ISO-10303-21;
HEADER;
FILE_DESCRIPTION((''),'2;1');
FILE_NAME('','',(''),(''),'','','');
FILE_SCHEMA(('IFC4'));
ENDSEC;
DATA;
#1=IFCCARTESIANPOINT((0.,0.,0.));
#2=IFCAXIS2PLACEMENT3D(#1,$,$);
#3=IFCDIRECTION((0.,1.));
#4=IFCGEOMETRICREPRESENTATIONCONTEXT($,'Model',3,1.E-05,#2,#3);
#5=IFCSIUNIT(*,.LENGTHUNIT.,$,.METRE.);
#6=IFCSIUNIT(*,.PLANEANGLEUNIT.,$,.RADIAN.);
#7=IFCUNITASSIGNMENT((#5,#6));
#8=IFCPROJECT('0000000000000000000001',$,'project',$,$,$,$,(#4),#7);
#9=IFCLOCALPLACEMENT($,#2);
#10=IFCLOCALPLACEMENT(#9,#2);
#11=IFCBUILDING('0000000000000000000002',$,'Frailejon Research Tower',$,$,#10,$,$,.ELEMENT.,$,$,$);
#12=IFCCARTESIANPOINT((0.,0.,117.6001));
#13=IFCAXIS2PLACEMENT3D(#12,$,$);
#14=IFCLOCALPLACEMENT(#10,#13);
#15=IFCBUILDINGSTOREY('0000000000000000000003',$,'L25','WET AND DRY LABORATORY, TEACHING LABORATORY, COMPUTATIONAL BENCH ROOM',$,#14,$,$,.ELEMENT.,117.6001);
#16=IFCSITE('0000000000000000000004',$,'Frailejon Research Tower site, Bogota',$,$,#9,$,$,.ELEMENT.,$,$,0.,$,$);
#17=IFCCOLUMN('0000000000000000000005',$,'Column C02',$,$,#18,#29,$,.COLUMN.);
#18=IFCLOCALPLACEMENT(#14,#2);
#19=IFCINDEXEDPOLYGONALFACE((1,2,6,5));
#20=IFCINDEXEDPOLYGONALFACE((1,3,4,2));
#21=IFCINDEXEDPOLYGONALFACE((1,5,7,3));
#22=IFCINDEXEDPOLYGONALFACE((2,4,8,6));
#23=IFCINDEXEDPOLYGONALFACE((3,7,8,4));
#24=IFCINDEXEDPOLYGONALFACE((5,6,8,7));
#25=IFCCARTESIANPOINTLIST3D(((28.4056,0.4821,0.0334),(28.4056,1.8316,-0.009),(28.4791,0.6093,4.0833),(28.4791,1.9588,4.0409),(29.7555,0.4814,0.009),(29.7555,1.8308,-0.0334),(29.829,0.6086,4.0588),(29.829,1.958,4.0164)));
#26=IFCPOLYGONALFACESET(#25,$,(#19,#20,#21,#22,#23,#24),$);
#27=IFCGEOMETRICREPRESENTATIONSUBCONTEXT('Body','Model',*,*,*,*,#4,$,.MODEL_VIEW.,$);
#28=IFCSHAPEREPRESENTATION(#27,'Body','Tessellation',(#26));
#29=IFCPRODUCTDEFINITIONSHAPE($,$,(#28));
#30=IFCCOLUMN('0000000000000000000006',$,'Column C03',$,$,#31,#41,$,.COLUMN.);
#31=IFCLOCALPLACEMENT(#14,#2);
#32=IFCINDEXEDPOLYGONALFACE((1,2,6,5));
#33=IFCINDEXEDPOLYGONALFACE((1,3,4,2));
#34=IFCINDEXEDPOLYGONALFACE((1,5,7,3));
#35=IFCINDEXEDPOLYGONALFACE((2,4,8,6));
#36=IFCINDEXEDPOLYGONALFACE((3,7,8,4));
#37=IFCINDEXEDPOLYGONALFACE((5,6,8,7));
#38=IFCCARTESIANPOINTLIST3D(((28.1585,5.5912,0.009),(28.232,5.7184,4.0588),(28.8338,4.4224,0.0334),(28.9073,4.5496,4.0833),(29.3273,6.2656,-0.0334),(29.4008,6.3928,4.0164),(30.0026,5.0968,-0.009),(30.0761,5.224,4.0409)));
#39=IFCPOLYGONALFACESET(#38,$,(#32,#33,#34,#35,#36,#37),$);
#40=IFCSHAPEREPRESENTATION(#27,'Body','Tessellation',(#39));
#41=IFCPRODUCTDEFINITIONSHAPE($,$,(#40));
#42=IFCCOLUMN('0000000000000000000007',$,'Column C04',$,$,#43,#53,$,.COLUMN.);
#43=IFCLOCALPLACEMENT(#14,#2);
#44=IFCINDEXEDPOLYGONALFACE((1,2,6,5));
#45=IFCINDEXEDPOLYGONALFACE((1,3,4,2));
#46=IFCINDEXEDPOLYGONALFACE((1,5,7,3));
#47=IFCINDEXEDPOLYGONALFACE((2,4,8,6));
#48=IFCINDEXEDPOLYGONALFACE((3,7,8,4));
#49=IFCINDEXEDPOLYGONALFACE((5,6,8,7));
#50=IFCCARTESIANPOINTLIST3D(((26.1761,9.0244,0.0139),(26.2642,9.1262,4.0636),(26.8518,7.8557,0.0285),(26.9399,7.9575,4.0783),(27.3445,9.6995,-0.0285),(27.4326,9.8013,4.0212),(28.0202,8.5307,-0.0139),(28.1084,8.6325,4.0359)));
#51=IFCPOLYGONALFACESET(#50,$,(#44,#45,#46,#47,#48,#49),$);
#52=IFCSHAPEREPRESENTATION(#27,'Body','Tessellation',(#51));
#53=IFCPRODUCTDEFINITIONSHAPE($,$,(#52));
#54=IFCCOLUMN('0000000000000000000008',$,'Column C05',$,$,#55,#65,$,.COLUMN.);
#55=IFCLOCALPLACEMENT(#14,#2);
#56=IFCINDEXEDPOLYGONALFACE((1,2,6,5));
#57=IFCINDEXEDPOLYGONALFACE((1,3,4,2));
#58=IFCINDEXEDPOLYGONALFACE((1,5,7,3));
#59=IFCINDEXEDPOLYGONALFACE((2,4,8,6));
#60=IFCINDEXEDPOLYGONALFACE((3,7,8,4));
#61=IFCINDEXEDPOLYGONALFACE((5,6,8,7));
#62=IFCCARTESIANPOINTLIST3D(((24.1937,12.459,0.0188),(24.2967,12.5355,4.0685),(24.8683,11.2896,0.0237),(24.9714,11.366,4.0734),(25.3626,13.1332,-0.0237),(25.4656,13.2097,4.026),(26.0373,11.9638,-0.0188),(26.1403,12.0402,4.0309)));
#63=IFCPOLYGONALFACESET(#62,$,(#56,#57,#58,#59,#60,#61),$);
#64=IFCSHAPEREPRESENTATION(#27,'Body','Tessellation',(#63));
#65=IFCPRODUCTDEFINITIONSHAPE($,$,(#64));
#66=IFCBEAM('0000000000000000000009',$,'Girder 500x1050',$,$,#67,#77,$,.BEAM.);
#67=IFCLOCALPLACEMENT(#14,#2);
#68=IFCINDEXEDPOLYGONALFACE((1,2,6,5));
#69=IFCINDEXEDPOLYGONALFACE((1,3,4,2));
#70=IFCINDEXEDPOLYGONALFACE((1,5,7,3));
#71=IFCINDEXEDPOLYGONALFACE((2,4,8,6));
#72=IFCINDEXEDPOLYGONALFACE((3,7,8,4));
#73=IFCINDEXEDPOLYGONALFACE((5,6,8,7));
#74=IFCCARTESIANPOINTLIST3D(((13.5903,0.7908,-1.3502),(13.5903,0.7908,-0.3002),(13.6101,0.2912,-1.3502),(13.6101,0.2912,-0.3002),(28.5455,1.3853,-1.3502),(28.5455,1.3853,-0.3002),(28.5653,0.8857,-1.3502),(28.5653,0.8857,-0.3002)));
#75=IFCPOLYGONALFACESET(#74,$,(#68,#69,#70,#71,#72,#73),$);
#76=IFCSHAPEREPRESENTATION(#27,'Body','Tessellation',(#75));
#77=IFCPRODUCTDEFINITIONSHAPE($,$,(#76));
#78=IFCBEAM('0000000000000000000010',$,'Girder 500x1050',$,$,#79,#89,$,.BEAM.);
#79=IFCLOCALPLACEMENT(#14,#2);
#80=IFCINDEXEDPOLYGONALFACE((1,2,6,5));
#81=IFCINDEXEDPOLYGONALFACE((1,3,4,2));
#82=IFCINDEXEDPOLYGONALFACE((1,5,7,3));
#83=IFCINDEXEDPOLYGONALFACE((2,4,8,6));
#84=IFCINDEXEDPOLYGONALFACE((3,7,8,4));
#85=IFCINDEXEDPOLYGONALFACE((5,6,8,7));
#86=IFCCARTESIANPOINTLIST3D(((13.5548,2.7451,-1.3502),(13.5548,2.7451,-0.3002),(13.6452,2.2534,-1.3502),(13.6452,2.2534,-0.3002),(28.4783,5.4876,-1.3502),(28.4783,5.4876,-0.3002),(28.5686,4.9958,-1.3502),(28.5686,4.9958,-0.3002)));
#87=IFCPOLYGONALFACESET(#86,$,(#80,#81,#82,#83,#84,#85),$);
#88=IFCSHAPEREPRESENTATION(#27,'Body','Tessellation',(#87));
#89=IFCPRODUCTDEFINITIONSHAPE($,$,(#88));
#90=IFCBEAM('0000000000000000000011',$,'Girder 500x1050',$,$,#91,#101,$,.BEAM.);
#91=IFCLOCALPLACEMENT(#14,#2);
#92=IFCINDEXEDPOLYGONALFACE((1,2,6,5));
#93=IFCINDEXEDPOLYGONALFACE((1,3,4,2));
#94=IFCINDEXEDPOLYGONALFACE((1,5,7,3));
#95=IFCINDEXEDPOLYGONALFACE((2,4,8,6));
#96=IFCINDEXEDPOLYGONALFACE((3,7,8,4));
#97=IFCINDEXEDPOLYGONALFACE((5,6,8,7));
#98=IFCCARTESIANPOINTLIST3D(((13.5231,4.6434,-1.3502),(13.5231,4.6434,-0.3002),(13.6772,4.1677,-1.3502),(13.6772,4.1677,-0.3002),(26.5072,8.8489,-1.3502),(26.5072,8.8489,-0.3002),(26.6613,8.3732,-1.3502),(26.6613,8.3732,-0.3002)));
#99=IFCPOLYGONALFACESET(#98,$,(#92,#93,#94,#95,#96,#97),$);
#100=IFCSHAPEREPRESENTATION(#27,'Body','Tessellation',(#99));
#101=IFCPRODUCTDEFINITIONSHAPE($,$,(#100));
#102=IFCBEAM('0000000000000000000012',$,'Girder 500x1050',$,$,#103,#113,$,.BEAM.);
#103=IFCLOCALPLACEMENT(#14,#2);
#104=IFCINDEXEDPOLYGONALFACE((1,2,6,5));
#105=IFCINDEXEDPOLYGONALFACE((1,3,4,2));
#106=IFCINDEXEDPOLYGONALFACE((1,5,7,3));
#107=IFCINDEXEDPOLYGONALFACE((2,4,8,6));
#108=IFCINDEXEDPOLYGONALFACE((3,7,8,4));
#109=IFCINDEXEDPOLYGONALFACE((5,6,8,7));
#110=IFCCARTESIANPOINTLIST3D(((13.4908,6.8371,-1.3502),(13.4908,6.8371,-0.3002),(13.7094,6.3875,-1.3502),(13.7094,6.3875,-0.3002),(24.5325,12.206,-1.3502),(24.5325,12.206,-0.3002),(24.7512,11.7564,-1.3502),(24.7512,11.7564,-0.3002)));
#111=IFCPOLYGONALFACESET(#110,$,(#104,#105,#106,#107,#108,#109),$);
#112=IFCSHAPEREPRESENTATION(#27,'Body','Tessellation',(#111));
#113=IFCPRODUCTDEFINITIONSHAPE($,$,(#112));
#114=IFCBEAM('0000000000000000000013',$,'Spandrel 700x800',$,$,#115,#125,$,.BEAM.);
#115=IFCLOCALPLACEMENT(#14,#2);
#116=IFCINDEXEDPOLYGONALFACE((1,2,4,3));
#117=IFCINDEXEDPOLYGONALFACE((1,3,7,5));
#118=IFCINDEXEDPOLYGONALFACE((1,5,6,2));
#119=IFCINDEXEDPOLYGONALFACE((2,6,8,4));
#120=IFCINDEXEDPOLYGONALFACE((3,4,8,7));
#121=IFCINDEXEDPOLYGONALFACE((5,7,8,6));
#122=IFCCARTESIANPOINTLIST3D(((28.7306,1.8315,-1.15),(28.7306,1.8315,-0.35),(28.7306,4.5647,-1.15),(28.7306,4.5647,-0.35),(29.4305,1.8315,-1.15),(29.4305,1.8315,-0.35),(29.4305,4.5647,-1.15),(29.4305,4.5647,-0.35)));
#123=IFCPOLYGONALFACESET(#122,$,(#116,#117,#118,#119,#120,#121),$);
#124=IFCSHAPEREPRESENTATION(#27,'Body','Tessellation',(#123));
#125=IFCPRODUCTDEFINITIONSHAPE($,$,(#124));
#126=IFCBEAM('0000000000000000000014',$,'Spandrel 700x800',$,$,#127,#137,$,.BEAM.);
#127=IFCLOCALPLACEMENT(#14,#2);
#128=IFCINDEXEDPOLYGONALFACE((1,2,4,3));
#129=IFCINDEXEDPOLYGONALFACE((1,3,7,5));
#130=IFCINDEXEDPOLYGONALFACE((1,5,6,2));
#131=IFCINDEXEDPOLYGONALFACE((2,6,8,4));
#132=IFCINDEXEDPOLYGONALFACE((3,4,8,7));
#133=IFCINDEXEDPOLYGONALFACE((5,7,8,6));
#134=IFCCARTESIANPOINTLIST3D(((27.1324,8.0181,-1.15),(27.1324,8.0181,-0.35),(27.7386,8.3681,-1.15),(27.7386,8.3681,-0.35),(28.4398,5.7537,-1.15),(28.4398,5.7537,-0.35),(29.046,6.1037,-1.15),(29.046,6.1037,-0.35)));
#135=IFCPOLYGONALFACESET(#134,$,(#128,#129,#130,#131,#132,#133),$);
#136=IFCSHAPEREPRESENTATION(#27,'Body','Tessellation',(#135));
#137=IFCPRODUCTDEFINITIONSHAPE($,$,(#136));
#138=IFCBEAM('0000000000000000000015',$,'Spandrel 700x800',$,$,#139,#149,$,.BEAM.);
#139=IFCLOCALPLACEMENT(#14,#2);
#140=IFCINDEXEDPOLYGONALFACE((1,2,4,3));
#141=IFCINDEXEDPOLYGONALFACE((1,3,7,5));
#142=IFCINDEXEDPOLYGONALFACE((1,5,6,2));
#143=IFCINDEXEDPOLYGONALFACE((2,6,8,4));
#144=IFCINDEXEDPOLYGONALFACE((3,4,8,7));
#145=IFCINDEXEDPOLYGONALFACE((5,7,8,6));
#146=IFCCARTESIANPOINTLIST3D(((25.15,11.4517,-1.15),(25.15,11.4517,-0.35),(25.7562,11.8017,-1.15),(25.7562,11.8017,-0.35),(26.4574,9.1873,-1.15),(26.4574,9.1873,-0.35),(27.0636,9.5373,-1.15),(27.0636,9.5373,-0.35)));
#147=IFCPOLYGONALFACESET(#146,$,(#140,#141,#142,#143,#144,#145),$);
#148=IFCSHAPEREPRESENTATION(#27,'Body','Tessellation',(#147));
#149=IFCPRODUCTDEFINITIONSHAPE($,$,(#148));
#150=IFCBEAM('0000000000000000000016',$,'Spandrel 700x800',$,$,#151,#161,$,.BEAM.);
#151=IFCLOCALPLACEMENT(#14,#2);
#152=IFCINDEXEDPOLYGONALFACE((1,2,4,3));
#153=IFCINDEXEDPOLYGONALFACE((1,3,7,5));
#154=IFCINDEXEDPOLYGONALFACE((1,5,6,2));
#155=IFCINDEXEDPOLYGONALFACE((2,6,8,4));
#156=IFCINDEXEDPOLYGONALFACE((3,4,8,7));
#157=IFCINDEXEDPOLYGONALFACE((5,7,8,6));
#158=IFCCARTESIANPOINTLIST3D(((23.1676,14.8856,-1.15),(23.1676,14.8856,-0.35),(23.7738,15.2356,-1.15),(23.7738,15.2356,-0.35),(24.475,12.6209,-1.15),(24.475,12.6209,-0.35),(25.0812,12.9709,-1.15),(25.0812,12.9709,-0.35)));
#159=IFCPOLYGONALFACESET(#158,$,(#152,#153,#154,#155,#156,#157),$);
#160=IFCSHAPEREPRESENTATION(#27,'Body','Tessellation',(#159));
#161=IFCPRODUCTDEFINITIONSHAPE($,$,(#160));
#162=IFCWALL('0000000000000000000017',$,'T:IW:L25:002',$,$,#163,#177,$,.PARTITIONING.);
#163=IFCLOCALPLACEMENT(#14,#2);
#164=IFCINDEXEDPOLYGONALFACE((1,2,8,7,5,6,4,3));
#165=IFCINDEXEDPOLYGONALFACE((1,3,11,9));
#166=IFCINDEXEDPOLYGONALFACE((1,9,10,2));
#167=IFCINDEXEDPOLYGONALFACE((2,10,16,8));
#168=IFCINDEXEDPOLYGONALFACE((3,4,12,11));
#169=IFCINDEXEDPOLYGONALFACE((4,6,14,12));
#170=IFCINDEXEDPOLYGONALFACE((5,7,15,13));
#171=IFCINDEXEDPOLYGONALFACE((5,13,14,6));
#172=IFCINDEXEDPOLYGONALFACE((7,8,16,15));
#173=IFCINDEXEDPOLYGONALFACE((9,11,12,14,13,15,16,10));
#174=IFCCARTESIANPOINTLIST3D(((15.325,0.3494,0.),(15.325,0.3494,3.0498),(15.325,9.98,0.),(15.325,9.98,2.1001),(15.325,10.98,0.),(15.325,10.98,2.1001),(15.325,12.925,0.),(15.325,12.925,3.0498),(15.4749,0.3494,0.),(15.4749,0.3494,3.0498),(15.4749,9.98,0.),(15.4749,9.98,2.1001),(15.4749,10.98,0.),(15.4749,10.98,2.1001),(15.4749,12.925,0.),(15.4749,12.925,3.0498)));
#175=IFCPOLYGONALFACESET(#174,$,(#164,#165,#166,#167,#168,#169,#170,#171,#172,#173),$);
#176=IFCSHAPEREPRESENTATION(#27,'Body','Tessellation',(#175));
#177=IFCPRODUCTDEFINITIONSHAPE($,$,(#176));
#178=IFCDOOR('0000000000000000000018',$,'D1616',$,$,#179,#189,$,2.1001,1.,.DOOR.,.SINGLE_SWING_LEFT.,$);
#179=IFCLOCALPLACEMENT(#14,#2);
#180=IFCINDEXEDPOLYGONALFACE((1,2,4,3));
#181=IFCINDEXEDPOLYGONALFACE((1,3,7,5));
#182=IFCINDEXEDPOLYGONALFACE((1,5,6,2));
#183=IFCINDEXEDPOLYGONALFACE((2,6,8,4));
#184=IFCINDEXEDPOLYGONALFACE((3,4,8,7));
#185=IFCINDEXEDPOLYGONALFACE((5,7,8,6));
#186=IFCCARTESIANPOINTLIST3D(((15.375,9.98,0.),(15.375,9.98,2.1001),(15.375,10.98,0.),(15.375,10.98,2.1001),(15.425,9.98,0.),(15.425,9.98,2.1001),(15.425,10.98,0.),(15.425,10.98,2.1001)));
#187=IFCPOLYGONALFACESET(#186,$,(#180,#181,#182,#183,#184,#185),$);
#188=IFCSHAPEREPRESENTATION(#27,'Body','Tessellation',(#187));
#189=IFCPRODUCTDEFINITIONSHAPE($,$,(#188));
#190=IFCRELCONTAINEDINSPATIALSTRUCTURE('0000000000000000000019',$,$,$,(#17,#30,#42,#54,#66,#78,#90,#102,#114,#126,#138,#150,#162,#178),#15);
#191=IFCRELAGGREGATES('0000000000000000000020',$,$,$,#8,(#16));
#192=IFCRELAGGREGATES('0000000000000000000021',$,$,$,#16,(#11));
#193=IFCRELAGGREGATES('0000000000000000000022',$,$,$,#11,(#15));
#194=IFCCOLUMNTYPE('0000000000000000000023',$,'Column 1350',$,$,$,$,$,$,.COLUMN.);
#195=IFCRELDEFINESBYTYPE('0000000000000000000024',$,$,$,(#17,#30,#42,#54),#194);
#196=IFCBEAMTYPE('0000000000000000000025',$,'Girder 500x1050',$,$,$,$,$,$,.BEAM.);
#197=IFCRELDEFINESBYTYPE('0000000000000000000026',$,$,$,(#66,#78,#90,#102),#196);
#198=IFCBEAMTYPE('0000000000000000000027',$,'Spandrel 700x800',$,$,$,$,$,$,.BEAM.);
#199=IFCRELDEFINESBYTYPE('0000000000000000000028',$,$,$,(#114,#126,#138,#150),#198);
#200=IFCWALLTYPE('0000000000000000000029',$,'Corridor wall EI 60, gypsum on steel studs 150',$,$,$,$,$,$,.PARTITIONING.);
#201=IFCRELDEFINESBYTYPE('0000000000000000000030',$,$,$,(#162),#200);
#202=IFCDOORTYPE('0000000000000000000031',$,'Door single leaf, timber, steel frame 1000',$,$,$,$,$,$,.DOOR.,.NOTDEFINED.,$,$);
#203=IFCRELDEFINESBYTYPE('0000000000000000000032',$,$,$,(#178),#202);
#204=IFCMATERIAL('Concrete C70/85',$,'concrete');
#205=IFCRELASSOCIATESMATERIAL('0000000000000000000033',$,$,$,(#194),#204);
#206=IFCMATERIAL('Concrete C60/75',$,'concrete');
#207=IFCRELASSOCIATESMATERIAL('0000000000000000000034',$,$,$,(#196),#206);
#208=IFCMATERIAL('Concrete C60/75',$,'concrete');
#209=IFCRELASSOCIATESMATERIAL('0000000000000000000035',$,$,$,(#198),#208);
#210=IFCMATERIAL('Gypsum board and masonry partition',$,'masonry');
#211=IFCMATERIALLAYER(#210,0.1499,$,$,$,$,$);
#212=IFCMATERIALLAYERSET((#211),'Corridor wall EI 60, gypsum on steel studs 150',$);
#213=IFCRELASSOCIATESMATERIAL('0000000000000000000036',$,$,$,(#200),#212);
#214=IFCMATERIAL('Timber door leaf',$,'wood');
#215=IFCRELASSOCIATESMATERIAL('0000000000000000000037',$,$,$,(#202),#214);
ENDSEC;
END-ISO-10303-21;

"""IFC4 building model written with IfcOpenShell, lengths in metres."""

from ifc_helpers import new_model, si_unit, direction, frame, frame_2d, origin, origin_2d, place, context, subcontext, project, spatial, rectangle, extrude, material, layer, layer_set, material_profile, profile_set, type_object, element, fill, save


model = new_model("IFC4")

# Units and contexts
model_context = context("Model", 3, precision=1e-05, world=origin(), true_north=direction((0.0, 1.0)))
body_context = subcontext(model_context, "Body", "Model", "MODEL_VIEW")
ifc_project = project(units=[si_unit("LENGTHUNIT", "METRE"), si_unit("PLANEANGLEUNIT", "RADIAN")], contexts=[model_context])

# Site, building, storey
site_placement = place(None, origin())
site = spatial("IfcSite", under=ifc_project, at=site_placement, Name="Frailejon Research Tower site, Bogota", CompositionType="ELEMENT", RefElevation=0.0)
building_placement = place(site_placement, origin())
building = spatial("IfcBuilding", under=site, at=building_placement, Name="Frailejon Research Tower", CompositionType="ELEMENT")
storey_placement = place(building_placement, frame((0.0, 0.0, 117.6001)))
storey = spatial("IfcBuildingStorey", under=building, at=storey_placement, Name="L25", Description="WET AND DRY LABORATORY, TEACHING LABORATORY, COMPUTATIONAL BENCH ROOM", CompositionType="ELEMENT", Elevation=117.6001)

# Columns
ifc_material_1 = material(Name="Concrete C70/85", Category="concrete")
ifc_material_profile_1 = material_profile(ifc_material_1, rectangle(XDim=1.3501, YDim=1.3501, at=origin_2d()), Name="Column 1350")
ifc_profile_set_1 = profile_set([ifc_material_profile_1], Name="Concrete C70/85")
column_type = type_object("IfcColumnType", Name="Column 1350", PredefinedType="COLUMN", material=ifc_profile_set_1)
for number, where, z_axis, x_axis, name in (
    (1, (29.0806, 1.1565, 0.0), (0.018134, 0.031388, 0.999343), (-0.000022, 0.999507, -0.031392), "Column C02"),
    (2, (29.0806, 5.344, 0.0), (0.018134, 0.031388, 0.999343), (-0.500209, 0.865715, -0.018114), "Column C03"),
):
    element("IfcColumn", number, at=place(storey_placement, frame(where, z_axis=z_axis, x_axis=x_axis)), inside=storey, type_object=column_type, Name=name, PredefinedType="COLUMN", context=body_context, shape_type="SweptSolid", body=[
        extrude(rectangle(XDim=1.3501, YDim=1.3501, at=origin_2d()), origin(), (0.0, 0.0, 1.0), 4.0525),
    ])
column_1_placement = place(storey_placement, frame((27.0981, 8.7776, 0.0), z_axis=(0.021751, 0.025125, 0.999448), x_axis=(-0.500502, 0.865667, -0.010869)))
element("IfcColumn", 3, at=column_1_placement, inside=storey, type_object=column_type, Name="Column C04", PredefinedType="COLUMN", context=body_context, shape_type="SweptSolid", body=[
    extrude(rectangle(XDim=1.3501, YDim=1.3501, at=origin_2d()), origin(), (0.0, 0.0, 1.0), 4.052),
])
column_2_placement = place(storey_placement, frame((25.1155, 12.2114, 0.0), z_axis=(0.025427, 0.01886, 0.999499), x_axis=(-0.49971, 0.866185, -0.003631)))
element("IfcColumn", 4, at=column_2_placement, inside=storey, type_object=column_type, Name="Column C05", PredefinedType="COLUMN", context=body_context, shape_type="SweptSolid", body=[
    extrude(rectangle(XDim=1.3501, YDim=1.3501, at=origin_2d()), origin(), (0.0, 0.0, 1.0), 4.0518),
])

# Beams
ifc_material_2 = material(Name="Concrete C60/75", Category="concrete")
ifc_material_profile_2 = material_profile(ifc_material_2, rectangle(XDim=0.5, YDim=1.05, at=origin_2d()), Name="Girder 500x1050")
ifc_profile_set_2 = profile_set([ifc_material_profile_2], Name="Concrete C60/75")
beam_type_1 = type_object("IfcBeamType", Name="Girder 500x1050", PredefinedType="BEAM", material=ifc_profile_set_2)
beam_1_placement = place(storey_placement, frame((28.5554, 1.1355, -0.8252), z_axis=(-0.999211, -0.039719, 0.0), x_axis=(0.039719, -0.999211, 0.0)))
element("IfcBeam", 5, at=beam_1_placement, inside=storey, type_object=beam_type_1, Name="Girder 500x1050", PredefinedType="BEAM", context=body_context, shape_type="SweptSolid", body=[
    extrude(rectangle(XDim=0.5, YDim=1.05, at=origin_2d()), origin(), (0.0, 0.0, 1.0), 14.967),
])
beam_2_placement = place(storey_placement, frame((28.5234, 5.2417, -0.8252), z_axis=(-0.983531, -0.180741, 0.0), x_axis=(0.180741, -0.983531, 0.0)))
element("IfcBeam", 6, at=beam_2_placement, inside=storey, type_object=beam_type_1, Name="Girder 500x1050", PredefinedType="BEAM", context=body_context, shape_type="SweptSolid", body=[
    extrude(rectangle(XDim=0.5, YDim=1.05, at=origin_2d()), origin(), (0.0, 0.0, 1.0), 15.1733),
])
beam_3_placement = place(storey_placement, frame((26.5842, 8.6111, -0.8252), z_axis=(-0.951341, -0.30814, 0.0), x_axis=(0.30814, -0.951341, 0.0)))
element("IfcBeam", 7, at=beam_3_placement, inside=storey, type_object=beam_type_1, Name="Girder 500x1050", PredefinedType="BEAM", context=body_context, shape_type="SweptSolid", body=[
    extrude(rectangle(XDim=0.5, YDim=1.05, at=origin_2d()), origin(), (0.0, 0.0, 1.0), 13.6482),
])
beam_4_placement = place(storey_placement, frame((24.6418, 11.9812, -0.8252), z_axis=(-0.899324, -0.437284, 0.0), x_axis=(0.437284, -0.899324, 0.0)))
element("IfcBeam", 8, at=beam_4_placement, inside=storey, type_object=beam_type_1, Name="Girder 500x1050", PredefinedType="BEAM", context=body_context, shape_type="SweptSolid", body=[
    extrude(rectangle(XDim=0.5, YDim=1.05, at=origin_2d()), origin(), (0.0, 0.0, 1.0), 12.2778),
])
ifc_material_3 = material(Name="Concrete C60/75", Category="concrete")
ifc_material_profile_3 = material_profile(ifc_material_3, rectangle(XDim=0.7, YDim=0.8, at=origin_2d()), Name="Spandrel 700x800")
ifc_profile_set_3 = profile_set([ifc_material_profile_3], Name="Concrete C60/75")
beam_type_2 = type_object("IfcBeamType", Name="Spandrel 700x800", PredefinedType="BEAM", material=ifc_profile_set_3)
beam_5_placement = place(storey_placement, frame((29.0806, 1.8315, -0.75), z_axis=(0.0, 1.0, 0.0), x_axis=(-1.0, 0.0, 0.0)))
element("IfcBeam", 9, at=beam_5_placement, inside=storey, type_object=beam_type_2, Name="Spandrel 700x800", PredefinedType="BEAM", context=body_context, shape_type="SweptSolid", body=[
    extrude(rectangle(XDim=0.7, YDim=0.8, at=origin_2d()), origin(), (0.0, 0.0, 1.0), 2.7332),
])
for number, where, z_axis, x_axis, name in (
    (10, (28.7429, 5.9287, -0.75), (-0.500005, 0.866022, 0.0), (-0.866022, -0.500005, 0.0), "Spandrel 700x800"),
    (11, (26.7605, 9.3623, -0.75), (-0.500005, 0.866022, 0.0), (-0.866022, -0.500005, 0.0), "Spandrel 700x800"),
):
    element("IfcBeam", number, at=place(storey_placement, frame(where, z_axis=z_axis, x_axis=x_axis)), inside=storey, type_object=beam_type_2, Name=name, PredefinedType="BEAM", context=body_context, shape_type="SweptSolid", body=[
        extrude(rectangle(XDim=0.7, YDim=0.8, at=origin_2d()), origin(), (0.0, 0.0, 1.0), 2.6147),
    ])
beam_6_placement = place(storey_placement, frame((24.7781, 12.7959, -0.75), z_axis=(-0.499965, 0.866046, 0.0), x_axis=(-0.866046, -0.499965, 0.0)))
element("IfcBeam", 12, at=beam_6_placement, inside=storey, type_object=beam_type_2, Name="Spandrel 700x800", PredefinedType="BEAM", context=body_context, shape_type="SweptSolid", body=[
    extrude(rectangle(XDim=0.7, YDim=0.8, at=origin_2d()), origin(), (0.0, 0.0, 1.0), 2.615),
])

# Wall, opening, door
ifc_material_4 = material(Name="Gypsum board and masonry partition", Category="masonry")
ifc_layer_1 = layer(ifc_material_4, 0.1499)
ifc_layer_set_1 = layer_set([ifc_layer_1], Name="Corridor wall EI 60, gypsum on steel studs 150")
wall_type_1 = type_object("IfcWallType", Name="Corridor wall EI 60, gypsum on steel studs 150", PredefinedType="PARTITIONING", material=ifc_layer_set_1)
wall_1_placement = place(storey_placement, frame((15.3999, 0.3494, 0.0), z_axis=(0.0, 0.0, 1.0), x_axis=(0.0, 1.0, 0.0)))
wall_1 = element("IfcWall", 13, at=wall_1_placement, inside=storey, type_object=wall_type_1, Name="T:IW:L25:002", PredefinedType="PARTITIONING", context=body_context, shape_type="SweptSolid", body=[
    extrude(rectangle(XDim=12.5757, YDim=0.1499, at=frame_2d((6.2878, 0.0))), origin(), (0.0, 0.0, 1.0), 3.0498),
])
opening_1_placement = place(wall_1_placement, frame((9.6306, 0.0, 0.0)))
opening_1 = element("IfcOpeningElement", 14, at=opening_1_placement, cuts=wall_1, PredefinedType="OPENING", context=body_context, shape_type="SweptSolid", body=[
    extrude(rectangle(XDim=1.0, YDim=2.1001, at=frame_2d((0.5, 1.05))), frame((0.0, 0.085, 0.0), z_axis=(0.0, -1.0, 0.0), x_axis=(1.0, 0.0, 0.0)), (0.0, 0.0, 1.0), 0.1699),
])
ifc_material_5 = material(Name="Timber door leaf", Category="wood")
door_type_1 = type_object("IfcDoorType", Name="Door single leaf, timber, steel frame 1000", OperationType="NOTDEFINED", PredefinedType="DOOR", material=ifc_material_5)
door_1_placement = place(opening_1_placement, origin())
door_1 = element("IfcDoor", 15, at=door_1_placement, inside=storey, type_object=door_type_1, Name="D1616", OperationType="SINGLE_SWING_LEFT", OverallHeight=2.1001, OverallWidth=1.0, PredefinedType="DOOR", context=body_context, shape_type="SweptSolid", body=[
    extrude(rectangle(XDim=1.0, YDim=2.1001, at=frame_2d((0.5, 1.05))), frame((0.0, 0.0249, 0.0), z_axis=(0.0, -1.0, 0.0), x_axis=(1.0, 0.0, 0.0)), (0.0, 0.0, 1.0), 0.05),
])
fill(opening_1, door_1)

save(model, "model.ifc")
